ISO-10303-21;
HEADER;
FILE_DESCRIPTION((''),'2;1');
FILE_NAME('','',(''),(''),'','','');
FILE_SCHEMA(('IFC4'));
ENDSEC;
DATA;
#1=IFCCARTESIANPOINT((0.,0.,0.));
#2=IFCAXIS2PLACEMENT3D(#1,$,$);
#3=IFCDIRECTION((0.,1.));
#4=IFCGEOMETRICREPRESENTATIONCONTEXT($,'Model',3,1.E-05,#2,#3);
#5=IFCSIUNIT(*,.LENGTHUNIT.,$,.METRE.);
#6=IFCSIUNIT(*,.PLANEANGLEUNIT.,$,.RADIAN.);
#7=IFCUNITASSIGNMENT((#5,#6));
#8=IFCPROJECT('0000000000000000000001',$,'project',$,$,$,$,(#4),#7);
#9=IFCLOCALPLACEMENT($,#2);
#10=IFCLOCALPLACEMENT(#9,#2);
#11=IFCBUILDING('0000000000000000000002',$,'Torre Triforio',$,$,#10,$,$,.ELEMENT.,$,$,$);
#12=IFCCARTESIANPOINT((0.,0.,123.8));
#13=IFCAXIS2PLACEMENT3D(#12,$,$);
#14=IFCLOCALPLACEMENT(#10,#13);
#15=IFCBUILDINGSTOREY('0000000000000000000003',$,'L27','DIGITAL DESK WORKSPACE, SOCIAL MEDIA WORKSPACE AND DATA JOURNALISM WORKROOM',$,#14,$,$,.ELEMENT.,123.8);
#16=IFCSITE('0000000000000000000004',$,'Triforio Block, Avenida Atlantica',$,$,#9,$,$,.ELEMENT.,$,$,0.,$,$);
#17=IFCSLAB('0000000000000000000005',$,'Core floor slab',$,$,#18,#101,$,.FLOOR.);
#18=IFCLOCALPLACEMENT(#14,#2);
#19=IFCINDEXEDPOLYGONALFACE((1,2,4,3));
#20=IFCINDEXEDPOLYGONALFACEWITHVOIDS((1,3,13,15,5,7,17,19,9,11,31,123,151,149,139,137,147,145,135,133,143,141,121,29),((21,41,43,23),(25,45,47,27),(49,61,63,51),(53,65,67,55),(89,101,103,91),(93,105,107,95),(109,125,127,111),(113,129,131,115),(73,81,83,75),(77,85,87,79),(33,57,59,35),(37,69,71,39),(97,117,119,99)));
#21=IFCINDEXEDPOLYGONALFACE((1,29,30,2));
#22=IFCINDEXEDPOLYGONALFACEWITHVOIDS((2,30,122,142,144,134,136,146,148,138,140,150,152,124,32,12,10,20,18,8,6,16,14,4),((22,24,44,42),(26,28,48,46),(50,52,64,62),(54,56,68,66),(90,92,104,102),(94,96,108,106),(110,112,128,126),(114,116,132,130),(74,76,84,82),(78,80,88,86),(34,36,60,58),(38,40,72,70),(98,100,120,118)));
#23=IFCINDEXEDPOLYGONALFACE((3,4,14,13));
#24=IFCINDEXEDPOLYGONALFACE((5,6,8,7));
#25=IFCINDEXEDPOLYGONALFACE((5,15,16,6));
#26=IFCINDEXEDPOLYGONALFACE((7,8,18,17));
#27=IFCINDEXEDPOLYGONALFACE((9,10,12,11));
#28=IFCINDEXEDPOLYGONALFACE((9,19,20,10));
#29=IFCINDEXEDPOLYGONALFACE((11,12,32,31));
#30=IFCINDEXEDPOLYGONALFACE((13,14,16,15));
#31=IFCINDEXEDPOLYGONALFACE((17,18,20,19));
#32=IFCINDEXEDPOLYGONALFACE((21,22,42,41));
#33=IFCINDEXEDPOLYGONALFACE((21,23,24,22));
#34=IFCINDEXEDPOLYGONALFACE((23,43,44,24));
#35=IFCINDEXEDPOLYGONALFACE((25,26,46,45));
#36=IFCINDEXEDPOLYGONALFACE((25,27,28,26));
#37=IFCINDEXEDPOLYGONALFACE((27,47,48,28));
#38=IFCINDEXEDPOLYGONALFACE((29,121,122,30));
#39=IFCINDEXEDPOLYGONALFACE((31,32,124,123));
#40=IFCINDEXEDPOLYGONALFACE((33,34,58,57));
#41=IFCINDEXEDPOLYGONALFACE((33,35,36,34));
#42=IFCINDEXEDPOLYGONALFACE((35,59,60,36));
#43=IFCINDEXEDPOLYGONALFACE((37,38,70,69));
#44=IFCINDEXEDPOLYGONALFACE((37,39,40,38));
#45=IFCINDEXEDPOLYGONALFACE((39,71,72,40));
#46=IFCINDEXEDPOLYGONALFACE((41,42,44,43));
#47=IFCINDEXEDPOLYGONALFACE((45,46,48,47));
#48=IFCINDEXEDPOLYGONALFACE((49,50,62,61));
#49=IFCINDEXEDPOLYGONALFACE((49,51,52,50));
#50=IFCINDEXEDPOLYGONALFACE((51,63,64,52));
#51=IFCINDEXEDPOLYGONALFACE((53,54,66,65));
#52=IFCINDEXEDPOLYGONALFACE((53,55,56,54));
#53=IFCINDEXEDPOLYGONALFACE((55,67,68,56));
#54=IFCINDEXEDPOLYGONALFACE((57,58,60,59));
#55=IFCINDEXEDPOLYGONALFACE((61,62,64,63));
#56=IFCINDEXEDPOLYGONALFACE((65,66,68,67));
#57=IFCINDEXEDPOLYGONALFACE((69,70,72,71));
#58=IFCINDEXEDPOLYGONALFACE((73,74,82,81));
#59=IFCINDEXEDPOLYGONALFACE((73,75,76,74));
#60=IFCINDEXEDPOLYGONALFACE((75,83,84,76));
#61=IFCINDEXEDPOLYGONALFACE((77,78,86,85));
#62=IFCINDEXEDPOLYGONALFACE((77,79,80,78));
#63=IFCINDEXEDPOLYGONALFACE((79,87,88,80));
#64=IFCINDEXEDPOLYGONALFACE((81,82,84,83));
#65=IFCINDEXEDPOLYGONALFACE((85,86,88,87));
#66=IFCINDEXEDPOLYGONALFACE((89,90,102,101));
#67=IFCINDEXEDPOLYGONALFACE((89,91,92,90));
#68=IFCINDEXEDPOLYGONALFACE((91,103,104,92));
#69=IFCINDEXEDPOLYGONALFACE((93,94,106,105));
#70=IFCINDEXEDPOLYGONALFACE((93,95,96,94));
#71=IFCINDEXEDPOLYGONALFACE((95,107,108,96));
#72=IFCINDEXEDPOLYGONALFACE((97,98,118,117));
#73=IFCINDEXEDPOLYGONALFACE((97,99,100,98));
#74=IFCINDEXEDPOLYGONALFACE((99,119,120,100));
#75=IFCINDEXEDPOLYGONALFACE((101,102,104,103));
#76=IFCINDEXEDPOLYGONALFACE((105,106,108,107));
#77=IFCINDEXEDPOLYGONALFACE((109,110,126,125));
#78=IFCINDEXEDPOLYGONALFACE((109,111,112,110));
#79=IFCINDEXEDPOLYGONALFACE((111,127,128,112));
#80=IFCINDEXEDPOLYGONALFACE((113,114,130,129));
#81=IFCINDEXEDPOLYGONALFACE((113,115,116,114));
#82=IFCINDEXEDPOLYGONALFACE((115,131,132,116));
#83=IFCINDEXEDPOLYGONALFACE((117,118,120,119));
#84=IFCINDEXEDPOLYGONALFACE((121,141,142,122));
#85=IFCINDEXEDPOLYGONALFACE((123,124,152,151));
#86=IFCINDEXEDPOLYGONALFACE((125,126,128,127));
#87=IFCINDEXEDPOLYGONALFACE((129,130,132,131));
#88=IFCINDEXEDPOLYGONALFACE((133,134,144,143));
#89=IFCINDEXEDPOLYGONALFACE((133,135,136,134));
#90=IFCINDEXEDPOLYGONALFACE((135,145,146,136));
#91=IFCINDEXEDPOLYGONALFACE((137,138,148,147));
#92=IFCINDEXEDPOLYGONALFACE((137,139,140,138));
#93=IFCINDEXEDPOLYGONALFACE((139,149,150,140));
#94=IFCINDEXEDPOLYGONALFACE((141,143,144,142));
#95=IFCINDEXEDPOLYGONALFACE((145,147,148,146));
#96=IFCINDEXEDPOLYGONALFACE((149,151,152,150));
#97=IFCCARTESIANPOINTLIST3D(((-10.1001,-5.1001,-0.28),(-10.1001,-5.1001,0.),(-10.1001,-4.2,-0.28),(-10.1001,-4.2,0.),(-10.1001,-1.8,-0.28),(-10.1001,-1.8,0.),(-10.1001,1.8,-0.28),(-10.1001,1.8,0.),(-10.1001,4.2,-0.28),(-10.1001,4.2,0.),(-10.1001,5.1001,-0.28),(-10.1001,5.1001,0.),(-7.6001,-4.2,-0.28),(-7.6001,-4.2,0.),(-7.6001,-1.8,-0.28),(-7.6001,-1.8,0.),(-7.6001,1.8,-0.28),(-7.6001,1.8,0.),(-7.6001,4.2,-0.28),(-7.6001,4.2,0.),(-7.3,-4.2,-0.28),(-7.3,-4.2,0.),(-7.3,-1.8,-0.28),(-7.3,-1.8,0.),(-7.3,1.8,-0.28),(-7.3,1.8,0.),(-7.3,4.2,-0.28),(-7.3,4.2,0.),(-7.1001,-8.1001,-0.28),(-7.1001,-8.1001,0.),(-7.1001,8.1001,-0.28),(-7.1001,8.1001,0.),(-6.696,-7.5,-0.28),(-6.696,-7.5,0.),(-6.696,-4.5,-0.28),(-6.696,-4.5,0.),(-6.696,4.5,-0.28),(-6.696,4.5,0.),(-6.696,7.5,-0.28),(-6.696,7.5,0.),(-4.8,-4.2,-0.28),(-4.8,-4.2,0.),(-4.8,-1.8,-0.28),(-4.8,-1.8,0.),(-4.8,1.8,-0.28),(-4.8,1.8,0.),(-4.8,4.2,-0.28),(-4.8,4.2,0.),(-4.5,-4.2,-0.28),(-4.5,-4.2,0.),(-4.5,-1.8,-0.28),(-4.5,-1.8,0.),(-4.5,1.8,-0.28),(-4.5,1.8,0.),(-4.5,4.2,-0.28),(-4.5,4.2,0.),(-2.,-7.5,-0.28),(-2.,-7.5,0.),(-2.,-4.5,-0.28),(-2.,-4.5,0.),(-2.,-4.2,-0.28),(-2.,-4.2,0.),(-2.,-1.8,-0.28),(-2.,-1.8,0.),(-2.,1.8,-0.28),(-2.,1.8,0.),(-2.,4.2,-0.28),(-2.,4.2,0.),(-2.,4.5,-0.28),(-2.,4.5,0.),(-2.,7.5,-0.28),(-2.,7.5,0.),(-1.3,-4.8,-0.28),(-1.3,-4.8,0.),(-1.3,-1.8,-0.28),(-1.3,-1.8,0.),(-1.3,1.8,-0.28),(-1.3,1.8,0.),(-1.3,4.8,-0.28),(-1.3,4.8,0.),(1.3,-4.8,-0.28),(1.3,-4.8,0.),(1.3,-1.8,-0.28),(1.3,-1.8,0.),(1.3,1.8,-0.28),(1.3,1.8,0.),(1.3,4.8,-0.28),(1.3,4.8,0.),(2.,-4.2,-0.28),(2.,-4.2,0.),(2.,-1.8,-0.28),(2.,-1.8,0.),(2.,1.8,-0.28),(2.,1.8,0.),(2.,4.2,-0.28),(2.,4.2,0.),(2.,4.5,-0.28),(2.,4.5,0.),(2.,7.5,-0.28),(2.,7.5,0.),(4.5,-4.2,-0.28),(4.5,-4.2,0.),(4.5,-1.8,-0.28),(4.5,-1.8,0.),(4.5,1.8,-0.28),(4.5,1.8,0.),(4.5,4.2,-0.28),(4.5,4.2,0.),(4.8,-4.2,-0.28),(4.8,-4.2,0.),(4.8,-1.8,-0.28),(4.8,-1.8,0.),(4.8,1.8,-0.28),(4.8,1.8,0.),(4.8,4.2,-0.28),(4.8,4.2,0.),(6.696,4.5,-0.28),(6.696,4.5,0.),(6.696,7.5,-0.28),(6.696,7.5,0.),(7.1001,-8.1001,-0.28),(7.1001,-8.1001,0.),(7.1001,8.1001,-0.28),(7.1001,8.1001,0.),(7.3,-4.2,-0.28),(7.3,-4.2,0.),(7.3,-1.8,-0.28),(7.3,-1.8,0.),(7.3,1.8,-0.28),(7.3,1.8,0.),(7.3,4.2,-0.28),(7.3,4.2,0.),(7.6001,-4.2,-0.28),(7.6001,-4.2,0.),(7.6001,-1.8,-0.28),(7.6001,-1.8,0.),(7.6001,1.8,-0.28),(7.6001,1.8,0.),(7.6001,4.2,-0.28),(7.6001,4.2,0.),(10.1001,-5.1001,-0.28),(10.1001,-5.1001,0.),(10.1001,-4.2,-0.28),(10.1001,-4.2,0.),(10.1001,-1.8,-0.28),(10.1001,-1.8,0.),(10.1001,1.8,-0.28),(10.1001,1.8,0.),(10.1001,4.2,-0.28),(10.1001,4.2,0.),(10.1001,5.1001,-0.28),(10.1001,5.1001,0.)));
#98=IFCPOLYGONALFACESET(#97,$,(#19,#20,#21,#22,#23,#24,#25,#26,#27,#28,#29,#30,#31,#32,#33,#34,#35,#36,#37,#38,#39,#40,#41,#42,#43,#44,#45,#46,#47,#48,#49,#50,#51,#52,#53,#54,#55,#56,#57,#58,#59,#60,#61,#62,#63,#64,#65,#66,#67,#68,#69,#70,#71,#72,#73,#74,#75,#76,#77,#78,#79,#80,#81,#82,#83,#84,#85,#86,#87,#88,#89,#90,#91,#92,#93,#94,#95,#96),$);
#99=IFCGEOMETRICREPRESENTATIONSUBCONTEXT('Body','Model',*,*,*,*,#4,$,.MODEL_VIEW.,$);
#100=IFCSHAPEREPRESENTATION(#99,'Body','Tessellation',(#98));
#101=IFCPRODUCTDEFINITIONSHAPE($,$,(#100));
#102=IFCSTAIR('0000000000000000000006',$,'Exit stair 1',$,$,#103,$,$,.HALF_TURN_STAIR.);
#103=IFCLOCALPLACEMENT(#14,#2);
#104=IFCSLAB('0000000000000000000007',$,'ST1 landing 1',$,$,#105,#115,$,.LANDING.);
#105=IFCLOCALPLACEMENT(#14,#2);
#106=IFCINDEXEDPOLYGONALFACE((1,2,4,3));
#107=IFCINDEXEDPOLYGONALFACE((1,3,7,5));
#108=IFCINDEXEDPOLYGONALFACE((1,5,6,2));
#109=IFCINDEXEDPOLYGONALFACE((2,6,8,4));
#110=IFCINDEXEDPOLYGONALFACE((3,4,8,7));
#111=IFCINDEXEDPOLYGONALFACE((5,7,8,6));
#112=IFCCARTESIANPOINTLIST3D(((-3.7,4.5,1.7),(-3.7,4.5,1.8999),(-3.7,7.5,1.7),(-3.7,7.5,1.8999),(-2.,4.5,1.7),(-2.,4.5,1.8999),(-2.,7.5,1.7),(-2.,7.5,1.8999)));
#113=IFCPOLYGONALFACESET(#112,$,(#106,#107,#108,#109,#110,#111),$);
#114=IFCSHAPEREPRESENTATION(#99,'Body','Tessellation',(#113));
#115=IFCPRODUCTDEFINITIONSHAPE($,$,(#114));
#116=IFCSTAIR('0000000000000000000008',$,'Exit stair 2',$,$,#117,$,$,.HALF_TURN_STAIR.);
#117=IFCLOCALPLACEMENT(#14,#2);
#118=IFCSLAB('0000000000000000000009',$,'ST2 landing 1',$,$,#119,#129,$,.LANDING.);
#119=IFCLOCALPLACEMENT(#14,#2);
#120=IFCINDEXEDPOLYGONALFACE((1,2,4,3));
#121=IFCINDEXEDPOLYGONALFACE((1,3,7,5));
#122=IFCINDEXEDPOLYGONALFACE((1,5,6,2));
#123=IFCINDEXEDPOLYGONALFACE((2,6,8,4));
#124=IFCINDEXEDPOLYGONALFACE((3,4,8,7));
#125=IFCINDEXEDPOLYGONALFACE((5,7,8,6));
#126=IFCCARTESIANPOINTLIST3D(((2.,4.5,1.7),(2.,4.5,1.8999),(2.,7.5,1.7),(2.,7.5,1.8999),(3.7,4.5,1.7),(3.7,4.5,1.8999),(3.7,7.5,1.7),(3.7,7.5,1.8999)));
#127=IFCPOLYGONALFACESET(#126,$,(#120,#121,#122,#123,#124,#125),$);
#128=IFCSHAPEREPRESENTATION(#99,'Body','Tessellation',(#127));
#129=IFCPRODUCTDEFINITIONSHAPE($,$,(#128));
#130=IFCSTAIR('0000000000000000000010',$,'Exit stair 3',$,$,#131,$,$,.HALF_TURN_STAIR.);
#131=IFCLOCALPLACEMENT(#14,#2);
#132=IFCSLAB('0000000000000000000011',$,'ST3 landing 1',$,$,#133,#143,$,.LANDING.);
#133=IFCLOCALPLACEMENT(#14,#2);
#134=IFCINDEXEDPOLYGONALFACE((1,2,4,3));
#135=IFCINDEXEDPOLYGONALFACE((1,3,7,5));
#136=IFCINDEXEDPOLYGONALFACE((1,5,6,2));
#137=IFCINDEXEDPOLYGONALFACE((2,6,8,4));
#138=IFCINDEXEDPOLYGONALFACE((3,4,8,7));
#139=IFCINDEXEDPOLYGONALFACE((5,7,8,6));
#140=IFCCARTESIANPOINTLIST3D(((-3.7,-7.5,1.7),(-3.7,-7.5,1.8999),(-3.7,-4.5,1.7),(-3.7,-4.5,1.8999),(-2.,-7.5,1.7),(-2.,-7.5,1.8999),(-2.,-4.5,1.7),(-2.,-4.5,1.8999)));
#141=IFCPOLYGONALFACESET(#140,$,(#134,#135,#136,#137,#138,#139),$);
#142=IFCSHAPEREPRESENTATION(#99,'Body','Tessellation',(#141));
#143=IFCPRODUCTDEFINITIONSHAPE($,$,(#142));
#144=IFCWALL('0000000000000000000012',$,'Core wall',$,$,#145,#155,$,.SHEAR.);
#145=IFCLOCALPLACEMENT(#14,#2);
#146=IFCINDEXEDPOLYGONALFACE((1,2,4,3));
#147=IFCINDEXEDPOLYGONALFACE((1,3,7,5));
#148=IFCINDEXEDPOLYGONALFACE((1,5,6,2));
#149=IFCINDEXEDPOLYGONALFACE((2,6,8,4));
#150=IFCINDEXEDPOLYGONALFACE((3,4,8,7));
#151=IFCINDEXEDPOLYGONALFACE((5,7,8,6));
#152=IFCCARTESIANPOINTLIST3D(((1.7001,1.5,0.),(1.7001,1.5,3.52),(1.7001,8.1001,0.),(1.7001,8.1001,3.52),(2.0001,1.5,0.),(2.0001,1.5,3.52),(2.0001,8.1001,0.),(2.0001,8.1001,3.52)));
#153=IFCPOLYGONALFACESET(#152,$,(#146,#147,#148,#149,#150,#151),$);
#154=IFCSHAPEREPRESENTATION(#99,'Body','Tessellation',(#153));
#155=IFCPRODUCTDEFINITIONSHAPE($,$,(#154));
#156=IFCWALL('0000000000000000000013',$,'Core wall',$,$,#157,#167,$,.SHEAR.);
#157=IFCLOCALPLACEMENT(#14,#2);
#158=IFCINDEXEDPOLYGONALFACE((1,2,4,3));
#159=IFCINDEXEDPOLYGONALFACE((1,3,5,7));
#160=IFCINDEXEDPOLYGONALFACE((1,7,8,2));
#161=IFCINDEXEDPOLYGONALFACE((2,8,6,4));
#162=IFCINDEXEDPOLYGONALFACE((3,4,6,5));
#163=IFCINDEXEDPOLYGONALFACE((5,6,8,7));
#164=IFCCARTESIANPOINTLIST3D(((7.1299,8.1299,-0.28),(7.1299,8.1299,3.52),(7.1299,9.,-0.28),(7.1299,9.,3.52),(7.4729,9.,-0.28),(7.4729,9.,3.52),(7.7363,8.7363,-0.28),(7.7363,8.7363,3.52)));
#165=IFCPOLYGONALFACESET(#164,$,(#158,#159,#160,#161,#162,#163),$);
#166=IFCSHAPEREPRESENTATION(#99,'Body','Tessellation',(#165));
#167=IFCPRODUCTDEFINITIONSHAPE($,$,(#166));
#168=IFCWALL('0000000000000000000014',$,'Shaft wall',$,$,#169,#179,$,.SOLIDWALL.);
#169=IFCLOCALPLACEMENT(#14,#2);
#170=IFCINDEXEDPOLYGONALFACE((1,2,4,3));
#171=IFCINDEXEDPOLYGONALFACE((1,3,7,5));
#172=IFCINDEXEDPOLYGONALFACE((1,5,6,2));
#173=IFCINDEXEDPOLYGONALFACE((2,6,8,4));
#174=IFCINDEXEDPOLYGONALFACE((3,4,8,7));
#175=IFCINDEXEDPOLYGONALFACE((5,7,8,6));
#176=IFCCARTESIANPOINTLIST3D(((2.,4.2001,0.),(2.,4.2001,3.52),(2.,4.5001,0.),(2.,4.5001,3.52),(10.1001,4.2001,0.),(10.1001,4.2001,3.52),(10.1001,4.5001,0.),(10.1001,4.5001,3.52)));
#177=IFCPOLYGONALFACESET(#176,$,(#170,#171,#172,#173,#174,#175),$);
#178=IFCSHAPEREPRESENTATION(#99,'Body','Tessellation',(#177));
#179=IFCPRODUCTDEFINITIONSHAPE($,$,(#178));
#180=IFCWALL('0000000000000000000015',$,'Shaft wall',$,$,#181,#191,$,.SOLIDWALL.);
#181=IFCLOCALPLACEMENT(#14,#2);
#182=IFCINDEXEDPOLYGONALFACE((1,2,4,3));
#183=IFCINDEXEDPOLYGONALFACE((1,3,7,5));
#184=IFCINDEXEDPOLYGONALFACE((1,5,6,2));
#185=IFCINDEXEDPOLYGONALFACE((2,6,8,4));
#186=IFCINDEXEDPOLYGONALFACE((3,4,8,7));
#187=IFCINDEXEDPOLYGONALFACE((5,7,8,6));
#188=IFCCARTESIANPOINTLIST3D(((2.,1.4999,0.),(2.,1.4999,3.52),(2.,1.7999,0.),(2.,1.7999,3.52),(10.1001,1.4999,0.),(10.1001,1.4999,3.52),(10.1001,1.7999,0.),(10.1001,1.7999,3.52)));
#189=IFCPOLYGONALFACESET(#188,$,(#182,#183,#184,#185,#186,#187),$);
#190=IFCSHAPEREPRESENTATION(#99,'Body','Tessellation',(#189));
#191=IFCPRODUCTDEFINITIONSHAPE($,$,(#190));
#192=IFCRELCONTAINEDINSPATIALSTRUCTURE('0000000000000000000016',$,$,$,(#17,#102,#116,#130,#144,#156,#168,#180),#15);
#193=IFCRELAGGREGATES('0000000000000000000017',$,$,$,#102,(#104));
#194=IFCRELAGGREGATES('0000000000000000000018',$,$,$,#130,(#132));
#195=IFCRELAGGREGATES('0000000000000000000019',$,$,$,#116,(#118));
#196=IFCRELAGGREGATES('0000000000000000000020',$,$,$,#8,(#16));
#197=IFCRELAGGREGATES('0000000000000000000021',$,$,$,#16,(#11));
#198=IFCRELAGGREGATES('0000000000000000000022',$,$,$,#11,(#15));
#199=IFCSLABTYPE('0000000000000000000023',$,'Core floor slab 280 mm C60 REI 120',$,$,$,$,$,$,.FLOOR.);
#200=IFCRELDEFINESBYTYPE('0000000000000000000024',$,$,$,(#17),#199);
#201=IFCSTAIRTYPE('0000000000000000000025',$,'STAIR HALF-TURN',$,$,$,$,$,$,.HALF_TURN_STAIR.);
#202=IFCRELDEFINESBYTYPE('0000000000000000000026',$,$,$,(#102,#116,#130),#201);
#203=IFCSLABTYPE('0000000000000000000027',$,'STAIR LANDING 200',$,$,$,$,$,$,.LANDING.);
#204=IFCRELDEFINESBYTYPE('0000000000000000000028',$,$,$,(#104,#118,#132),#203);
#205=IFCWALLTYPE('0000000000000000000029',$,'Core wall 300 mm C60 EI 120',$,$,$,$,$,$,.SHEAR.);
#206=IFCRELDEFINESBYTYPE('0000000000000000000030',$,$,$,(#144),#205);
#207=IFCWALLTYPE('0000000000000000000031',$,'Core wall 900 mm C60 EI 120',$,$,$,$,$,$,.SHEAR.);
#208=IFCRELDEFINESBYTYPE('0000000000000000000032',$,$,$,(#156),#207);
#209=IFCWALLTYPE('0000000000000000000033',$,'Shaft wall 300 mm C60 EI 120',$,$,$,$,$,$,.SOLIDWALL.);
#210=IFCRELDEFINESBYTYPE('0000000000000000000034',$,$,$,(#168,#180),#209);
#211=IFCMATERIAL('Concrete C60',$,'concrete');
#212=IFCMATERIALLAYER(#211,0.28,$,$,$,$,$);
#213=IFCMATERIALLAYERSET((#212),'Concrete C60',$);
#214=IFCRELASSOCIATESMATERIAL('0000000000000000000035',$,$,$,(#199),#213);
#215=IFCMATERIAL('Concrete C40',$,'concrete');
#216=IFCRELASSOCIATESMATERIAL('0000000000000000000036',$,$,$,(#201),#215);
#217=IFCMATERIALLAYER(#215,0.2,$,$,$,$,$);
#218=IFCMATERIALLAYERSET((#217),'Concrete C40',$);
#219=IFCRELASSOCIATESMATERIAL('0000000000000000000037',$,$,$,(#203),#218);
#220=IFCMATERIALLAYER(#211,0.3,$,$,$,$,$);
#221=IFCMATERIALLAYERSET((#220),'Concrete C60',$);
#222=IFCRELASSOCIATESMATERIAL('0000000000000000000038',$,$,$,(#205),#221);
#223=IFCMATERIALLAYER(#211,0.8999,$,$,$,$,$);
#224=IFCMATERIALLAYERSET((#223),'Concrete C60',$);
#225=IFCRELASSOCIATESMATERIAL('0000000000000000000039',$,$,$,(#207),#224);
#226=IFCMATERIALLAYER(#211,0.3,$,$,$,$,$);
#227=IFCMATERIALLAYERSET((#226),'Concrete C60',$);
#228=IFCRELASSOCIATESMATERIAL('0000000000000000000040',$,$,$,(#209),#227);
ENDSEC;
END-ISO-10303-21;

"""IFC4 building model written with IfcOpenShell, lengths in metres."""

from ifc_helpers import new_model, si_unit, direction, frame, frame_2d, origin, place, context, subcontext, project, spatial, polyline, rectangle, outline, extrude, material, layer, layer_set, type_object, element, aggregate, save


model = new_model("IFC4")

# Units and contexts
model_context = context("Model", 3, precision=1e-05, world=origin(), true_north=direction((0.0, 1.0)))
body_context = subcontext(model_context, "Body", "Model", "MODEL_VIEW")
ifc_project = project(units=[si_unit("LENGTHUNIT", "METRE"), si_unit("PLANEANGLEUNIT", "RADIAN")], contexts=[model_context])

# Site, building, storey
site_placement = place(None, origin())
site = spatial("IfcSite", under=ifc_project, at=site_placement, Name="Triforio Block, Avenida Atlantica", CompositionType="ELEMENT", RefElevation=0.0)
building_placement = place(site_placement, origin())
building = spatial("IfcBuilding", under=site, at=building_placement, Name="Torre Triforio", CompositionType="ELEMENT")
storey_placement = place(building_placement, frame((0.0, 0.0, 123.8)))
storey = spatial("IfcBuildingStorey", under=building, at=storey_placement, Name="L27", Description="DIGITAL DESK WORKSPACE, SOCIAL MEDIA WORKSPACE AND DATA JOURNALISM WORKROOM", CompositionType="ELEMENT", Elevation=123.8)

# Slab
ifc_material_1 = material(Name="Concrete C60", Category="concrete")
ifc_layer_1 = layer(ifc_material_1, 0.28)
ifc_layer_set_1 = layer_set([ifc_layer_1], Name="Concrete C60")
slab_type_1 = type_object("IfcSlabType", Name="Core floor slab 280 mm C60 REI 120", PredefinedType="FLOOR", material=ifc_layer_set_1)
slab_1_placement = place(storey_placement, frame((0.0, 0.0, -0.28)))
element("IfcSlab", 1, at=slab_1_placement, inside=storey, type_object=slab_type_1, Name="Core floor slab", PredefinedType="FLOOR", context=body_context, shape_type="SweptSolid", body=[
    extrude(outline(polyline([(10.1001, -5.1001), (7.1001, -8.1001), (-7.1001, -8.1001), (-10.1001, -5.1001), (-10.1001, -4.2), (-7.6001, -4.2), (-7.6001, -1.8), (-10.1001, -1.8), (-10.1001, 1.8), (-7.6001, 1.8), (-7.6001, 4.2), (-10.1001, 4.2), (-10.1001, 5.1001), (-7.1001, 8.1001), (7.1001, 8.1001), (10.1001, 5.1001), (10.1001, 4.2), (7.6001, 4.2), (7.6001, 1.8), (10.1001, 1.8), (10.1001, -1.8), (7.6001, -1.8), (7.6001, -4.2), (10.1001, -4.2), (10.1001, -5.1001)]), holes=[polyline([(-2.0, -4.5), (-6.696, -4.5), (-6.696, -7.5), (-2.0, -7.5), (-2.0, -4.5)]), polyline([(-4.8, -1.8), (-7.3, -1.8), (-7.3, -4.2), (-4.8, -4.2), (-4.8, -1.8)]), polyline([(-2.0, -1.8), (-4.5, -1.8), (-4.5, -4.2), (-2.0, -4.2), (-2.0, -1.8)]), polyline([(-4.8, 4.2), (-7.3, 4.2), (-7.3, 1.8), (-4.8, 1.8), (-4.8, 4.2)]), polyline([(-2.0, 4.2), (-4.5, 4.2), (-4.5, 1.8), (-2.0, 1.8), (-2.0, 4.2)]), polyline([(1.3, 4.8), (-1.3, 4.8), (-1.3, 1.8), (1.3, 1.8), (1.3, 4.8)]), polyline([(-2.0, 7.5), (-6.696, 7.5), (-6.696, 4.5), (-2.0, 4.5), (-2.0, 7.5)]), polyline([(1.3, -1.8), (-1.3, -1.8), (-1.3, -4.8), (1.3, -4.8), (1.3, -1.8)]), polyline([(4.5, -1.8), (2.0, -1.8), (2.0, -4.2), (4.5, -4.2), (4.5, -1.8)]), polyline([(7.3, -1.8), (4.8, -1.8), (4.8, -4.2), (7.3, -4.2), (7.3, -1.8)]), polyline([(4.5, 4.2), (2.0, 4.2), (2.0, 1.8), (4.5, 1.8), (4.5, 4.2)]), polyline([(7.3, 4.2), (4.8, 4.2), (4.8, 1.8), (7.3, 1.8), (7.3, 4.2)]), polyline([(6.696, 4.5), (6.696, 7.5), (2.0, 7.5), (2.0, 4.5), (6.696, 4.5)])]), origin(), (0.0, 0.0, 1.0), 0.28),
])

# Stairs, slabs
ifc_material_2 = material(Name="Concrete C40", Category="concrete")
stair_type = type_object("IfcStairType", Name="STAIR HALF-TURN", PredefinedType="HALF_TURN_STAIR", material=ifc_material_2)
stair_1_placement = place(storey_placement, origin())
stair_1 = element("IfcStair", 2, at=stair_1_placement, inside=storey, type_object=stair_type, Name="Exit stair 1", PredefinedType="HALF_TURN_STAIR")
ifc_layer_2 = layer(ifc_material_2, 0.2)
ifc_layer_set_2 = layer_set([ifc_layer_2], Name="Concrete C40")
slab_type_2 = type_object("IfcSlabType", Name="STAIR LANDING 200", PredefinedType="LANDING", material=ifc_layer_set_2)
slab_2_placement = place(storey_placement, frame((0.0, 0.0, 1.7)))
slab_2 = element("IfcSlab", 3, at=slab_2_placement, type_object=slab_type_2, Name="ST1 landing 1", PredefinedType="LANDING", context=body_context, shape_type="SweptSolid", body=[
    extrude(outline(polyline([(-2.0, 4.5), (-2.0, 7.5), (-3.7, 7.5), (-3.7, 4.5), (-2.0, 4.5)])), origin(), (0.0, 0.0, 1.0), 0.2),
])
aggregate(stair_1, [slab_2])
stair_2_placement = place(storey_placement, origin())
stair_2 = element("IfcStair", 4, at=stair_2_placement, inside=storey, type_object=stair_type, Name="Exit stair 2", PredefinedType="HALF_TURN_STAIR")
slab_3_placement = place(storey_placement, frame((0.0, 0.0, 1.7)))
slab_3 = element("IfcSlab", 5, at=slab_3_placement, type_object=slab_type_2, Name="ST2 landing 1", PredefinedType="LANDING", context=body_context, shape_type="SweptSolid", body=[
    extrude(outline(polyline([(3.7, 4.5), (3.7, 7.5), (2.0, 7.5), (2.0, 4.5), (3.7, 4.5)])), origin(), (0.0, 0.0, 1.0), 0.2),
])
stair_3_placement = place(storey_placement, origin())
stair_3 = element("IfcStair", 6, at=stair_3_placement, inside=storey, type_object=stair_type, Name="Exit stair 3", PredefinedType="HALF_TURN_STAIR")
slab_4_placement = place(storey_placement, frame((0.0, 0.0, 1.7)))
slab_4 = element("IfcSlab", 7, at=slab_4_placement, type_object=slab_type_2, Name="ST3 landing 1", PredefinedType="LANDING", context=body_context, shape_type="SweptSolid", body=[
    extrude(outline(polyline([(-2.0, -7.5), (-2.0, -4.5), (-3.7, -4.5), (-3.7, -7.5), (-2.0, -7.5)])), origin(), (0.0, 0.0, 1.0), 0.2),
])
aggregate(stair_3, [slab_4])

# Walls
ifc_layer_3 = layer(ifc_material_1, 0.3)
ifc_layer_set_3 = layer_set([ifc_layer_3], Name="Concrete C60")
wall_type_1 = type_object("IfcWallType", Name="Core wall 300 mm C60 EI 120", PredefinedType="SHEAR", material=ifc_layer_set_3)
wall_1_placement = place(storey_placement, frame((1.8501, 1.5, 0.0), z_axis=(0.0, 0.0, 1.0), x_axis=(0.0, 1.0, 0.0)))
element("IfcWall", 8, at=wall_1_placement, inside=storey, type_object=wall_type_1, Name="Core wall", PredefinedType="SHEAR", context=body_context, shape_type="SweptSolid", body=[
    extrude(rectangle(XDim=6.6001, YDim=0.3, at=frame_2d((3.3, 0.0))), origin(), (0.0, 0.0, 1.0), 3.52),
])
ifc_layer_4 = layer(ifc_material_1, 0.8999)
ifc_layer_set_4 = layer_set([ifc_layer_4], Name="Concrete C60")
wall_type_2 = type_object("IfcWallType", Name="Core wall 900 mm C60 EI 120", PredefinedType="SHEAR", material=ifc_layer_set_4)
wall_2_placement = place(storey_placement, frame((0.0, 0.0, -0.28)))
element("IfcWall", 9, at=wall_2_placement, inside=storey, type_object=wall_type_2, Name="Core wall", PredefinedType="SHEAR", context=body_context, shape_type="SweptSolid", body=[
    extrude(outline(polyline([(7.4729, 9.0), (7.7363, 8.7363), (7.1299, 8.1299), (7.1299, 9.0), (7.4729, 9.0)])), origin(), (0.0, 0.0, 1.0), 3.8),
])
ifc_layer_5 = layer(ifc_material_1, 0.3)
ifc_layer_set_5 = layer_set([ifc_layer_5], Name="Concrete C60")
wall_type_3 = type_object("IfcWallType", Name="Shaft wall 300 mm C60 EI 120", PredefinedType="SOLIDWALL", material=ifc_layer_set_5)
for number, where, z_axis, x_axis, name in (
    (10, (2.0, 4.3501, 0.0), (0.0, 0.0, 1.0), (1.0, 0.0, 0.0), "Shaft wall"),
    (11, (2.0, 1.6499, 0.0), (0.0, 0.0, 1.0), (1.0, 0.0, 0.0), "Shaft wall"),
):
    element("IfcWall", number, at=place(storey_placement, frame(where, z_axis=z_axis, x_axis=x_axis)), inside=storey, type_object=wall_type_3, Name=name, PredefinedType="SOLIDWALL", context=body_context, shape_type="SweptSolid", body=[
        extrude(rectangle(XDim=8.1001, YDim=0.3, at=frame_2d((4.05, 0.0))), origin(), (0.0, 0.0, 1.0), 3.52),
    ])

aggregate(stair_2, [slab_3])

save(model, "model.ifc")
